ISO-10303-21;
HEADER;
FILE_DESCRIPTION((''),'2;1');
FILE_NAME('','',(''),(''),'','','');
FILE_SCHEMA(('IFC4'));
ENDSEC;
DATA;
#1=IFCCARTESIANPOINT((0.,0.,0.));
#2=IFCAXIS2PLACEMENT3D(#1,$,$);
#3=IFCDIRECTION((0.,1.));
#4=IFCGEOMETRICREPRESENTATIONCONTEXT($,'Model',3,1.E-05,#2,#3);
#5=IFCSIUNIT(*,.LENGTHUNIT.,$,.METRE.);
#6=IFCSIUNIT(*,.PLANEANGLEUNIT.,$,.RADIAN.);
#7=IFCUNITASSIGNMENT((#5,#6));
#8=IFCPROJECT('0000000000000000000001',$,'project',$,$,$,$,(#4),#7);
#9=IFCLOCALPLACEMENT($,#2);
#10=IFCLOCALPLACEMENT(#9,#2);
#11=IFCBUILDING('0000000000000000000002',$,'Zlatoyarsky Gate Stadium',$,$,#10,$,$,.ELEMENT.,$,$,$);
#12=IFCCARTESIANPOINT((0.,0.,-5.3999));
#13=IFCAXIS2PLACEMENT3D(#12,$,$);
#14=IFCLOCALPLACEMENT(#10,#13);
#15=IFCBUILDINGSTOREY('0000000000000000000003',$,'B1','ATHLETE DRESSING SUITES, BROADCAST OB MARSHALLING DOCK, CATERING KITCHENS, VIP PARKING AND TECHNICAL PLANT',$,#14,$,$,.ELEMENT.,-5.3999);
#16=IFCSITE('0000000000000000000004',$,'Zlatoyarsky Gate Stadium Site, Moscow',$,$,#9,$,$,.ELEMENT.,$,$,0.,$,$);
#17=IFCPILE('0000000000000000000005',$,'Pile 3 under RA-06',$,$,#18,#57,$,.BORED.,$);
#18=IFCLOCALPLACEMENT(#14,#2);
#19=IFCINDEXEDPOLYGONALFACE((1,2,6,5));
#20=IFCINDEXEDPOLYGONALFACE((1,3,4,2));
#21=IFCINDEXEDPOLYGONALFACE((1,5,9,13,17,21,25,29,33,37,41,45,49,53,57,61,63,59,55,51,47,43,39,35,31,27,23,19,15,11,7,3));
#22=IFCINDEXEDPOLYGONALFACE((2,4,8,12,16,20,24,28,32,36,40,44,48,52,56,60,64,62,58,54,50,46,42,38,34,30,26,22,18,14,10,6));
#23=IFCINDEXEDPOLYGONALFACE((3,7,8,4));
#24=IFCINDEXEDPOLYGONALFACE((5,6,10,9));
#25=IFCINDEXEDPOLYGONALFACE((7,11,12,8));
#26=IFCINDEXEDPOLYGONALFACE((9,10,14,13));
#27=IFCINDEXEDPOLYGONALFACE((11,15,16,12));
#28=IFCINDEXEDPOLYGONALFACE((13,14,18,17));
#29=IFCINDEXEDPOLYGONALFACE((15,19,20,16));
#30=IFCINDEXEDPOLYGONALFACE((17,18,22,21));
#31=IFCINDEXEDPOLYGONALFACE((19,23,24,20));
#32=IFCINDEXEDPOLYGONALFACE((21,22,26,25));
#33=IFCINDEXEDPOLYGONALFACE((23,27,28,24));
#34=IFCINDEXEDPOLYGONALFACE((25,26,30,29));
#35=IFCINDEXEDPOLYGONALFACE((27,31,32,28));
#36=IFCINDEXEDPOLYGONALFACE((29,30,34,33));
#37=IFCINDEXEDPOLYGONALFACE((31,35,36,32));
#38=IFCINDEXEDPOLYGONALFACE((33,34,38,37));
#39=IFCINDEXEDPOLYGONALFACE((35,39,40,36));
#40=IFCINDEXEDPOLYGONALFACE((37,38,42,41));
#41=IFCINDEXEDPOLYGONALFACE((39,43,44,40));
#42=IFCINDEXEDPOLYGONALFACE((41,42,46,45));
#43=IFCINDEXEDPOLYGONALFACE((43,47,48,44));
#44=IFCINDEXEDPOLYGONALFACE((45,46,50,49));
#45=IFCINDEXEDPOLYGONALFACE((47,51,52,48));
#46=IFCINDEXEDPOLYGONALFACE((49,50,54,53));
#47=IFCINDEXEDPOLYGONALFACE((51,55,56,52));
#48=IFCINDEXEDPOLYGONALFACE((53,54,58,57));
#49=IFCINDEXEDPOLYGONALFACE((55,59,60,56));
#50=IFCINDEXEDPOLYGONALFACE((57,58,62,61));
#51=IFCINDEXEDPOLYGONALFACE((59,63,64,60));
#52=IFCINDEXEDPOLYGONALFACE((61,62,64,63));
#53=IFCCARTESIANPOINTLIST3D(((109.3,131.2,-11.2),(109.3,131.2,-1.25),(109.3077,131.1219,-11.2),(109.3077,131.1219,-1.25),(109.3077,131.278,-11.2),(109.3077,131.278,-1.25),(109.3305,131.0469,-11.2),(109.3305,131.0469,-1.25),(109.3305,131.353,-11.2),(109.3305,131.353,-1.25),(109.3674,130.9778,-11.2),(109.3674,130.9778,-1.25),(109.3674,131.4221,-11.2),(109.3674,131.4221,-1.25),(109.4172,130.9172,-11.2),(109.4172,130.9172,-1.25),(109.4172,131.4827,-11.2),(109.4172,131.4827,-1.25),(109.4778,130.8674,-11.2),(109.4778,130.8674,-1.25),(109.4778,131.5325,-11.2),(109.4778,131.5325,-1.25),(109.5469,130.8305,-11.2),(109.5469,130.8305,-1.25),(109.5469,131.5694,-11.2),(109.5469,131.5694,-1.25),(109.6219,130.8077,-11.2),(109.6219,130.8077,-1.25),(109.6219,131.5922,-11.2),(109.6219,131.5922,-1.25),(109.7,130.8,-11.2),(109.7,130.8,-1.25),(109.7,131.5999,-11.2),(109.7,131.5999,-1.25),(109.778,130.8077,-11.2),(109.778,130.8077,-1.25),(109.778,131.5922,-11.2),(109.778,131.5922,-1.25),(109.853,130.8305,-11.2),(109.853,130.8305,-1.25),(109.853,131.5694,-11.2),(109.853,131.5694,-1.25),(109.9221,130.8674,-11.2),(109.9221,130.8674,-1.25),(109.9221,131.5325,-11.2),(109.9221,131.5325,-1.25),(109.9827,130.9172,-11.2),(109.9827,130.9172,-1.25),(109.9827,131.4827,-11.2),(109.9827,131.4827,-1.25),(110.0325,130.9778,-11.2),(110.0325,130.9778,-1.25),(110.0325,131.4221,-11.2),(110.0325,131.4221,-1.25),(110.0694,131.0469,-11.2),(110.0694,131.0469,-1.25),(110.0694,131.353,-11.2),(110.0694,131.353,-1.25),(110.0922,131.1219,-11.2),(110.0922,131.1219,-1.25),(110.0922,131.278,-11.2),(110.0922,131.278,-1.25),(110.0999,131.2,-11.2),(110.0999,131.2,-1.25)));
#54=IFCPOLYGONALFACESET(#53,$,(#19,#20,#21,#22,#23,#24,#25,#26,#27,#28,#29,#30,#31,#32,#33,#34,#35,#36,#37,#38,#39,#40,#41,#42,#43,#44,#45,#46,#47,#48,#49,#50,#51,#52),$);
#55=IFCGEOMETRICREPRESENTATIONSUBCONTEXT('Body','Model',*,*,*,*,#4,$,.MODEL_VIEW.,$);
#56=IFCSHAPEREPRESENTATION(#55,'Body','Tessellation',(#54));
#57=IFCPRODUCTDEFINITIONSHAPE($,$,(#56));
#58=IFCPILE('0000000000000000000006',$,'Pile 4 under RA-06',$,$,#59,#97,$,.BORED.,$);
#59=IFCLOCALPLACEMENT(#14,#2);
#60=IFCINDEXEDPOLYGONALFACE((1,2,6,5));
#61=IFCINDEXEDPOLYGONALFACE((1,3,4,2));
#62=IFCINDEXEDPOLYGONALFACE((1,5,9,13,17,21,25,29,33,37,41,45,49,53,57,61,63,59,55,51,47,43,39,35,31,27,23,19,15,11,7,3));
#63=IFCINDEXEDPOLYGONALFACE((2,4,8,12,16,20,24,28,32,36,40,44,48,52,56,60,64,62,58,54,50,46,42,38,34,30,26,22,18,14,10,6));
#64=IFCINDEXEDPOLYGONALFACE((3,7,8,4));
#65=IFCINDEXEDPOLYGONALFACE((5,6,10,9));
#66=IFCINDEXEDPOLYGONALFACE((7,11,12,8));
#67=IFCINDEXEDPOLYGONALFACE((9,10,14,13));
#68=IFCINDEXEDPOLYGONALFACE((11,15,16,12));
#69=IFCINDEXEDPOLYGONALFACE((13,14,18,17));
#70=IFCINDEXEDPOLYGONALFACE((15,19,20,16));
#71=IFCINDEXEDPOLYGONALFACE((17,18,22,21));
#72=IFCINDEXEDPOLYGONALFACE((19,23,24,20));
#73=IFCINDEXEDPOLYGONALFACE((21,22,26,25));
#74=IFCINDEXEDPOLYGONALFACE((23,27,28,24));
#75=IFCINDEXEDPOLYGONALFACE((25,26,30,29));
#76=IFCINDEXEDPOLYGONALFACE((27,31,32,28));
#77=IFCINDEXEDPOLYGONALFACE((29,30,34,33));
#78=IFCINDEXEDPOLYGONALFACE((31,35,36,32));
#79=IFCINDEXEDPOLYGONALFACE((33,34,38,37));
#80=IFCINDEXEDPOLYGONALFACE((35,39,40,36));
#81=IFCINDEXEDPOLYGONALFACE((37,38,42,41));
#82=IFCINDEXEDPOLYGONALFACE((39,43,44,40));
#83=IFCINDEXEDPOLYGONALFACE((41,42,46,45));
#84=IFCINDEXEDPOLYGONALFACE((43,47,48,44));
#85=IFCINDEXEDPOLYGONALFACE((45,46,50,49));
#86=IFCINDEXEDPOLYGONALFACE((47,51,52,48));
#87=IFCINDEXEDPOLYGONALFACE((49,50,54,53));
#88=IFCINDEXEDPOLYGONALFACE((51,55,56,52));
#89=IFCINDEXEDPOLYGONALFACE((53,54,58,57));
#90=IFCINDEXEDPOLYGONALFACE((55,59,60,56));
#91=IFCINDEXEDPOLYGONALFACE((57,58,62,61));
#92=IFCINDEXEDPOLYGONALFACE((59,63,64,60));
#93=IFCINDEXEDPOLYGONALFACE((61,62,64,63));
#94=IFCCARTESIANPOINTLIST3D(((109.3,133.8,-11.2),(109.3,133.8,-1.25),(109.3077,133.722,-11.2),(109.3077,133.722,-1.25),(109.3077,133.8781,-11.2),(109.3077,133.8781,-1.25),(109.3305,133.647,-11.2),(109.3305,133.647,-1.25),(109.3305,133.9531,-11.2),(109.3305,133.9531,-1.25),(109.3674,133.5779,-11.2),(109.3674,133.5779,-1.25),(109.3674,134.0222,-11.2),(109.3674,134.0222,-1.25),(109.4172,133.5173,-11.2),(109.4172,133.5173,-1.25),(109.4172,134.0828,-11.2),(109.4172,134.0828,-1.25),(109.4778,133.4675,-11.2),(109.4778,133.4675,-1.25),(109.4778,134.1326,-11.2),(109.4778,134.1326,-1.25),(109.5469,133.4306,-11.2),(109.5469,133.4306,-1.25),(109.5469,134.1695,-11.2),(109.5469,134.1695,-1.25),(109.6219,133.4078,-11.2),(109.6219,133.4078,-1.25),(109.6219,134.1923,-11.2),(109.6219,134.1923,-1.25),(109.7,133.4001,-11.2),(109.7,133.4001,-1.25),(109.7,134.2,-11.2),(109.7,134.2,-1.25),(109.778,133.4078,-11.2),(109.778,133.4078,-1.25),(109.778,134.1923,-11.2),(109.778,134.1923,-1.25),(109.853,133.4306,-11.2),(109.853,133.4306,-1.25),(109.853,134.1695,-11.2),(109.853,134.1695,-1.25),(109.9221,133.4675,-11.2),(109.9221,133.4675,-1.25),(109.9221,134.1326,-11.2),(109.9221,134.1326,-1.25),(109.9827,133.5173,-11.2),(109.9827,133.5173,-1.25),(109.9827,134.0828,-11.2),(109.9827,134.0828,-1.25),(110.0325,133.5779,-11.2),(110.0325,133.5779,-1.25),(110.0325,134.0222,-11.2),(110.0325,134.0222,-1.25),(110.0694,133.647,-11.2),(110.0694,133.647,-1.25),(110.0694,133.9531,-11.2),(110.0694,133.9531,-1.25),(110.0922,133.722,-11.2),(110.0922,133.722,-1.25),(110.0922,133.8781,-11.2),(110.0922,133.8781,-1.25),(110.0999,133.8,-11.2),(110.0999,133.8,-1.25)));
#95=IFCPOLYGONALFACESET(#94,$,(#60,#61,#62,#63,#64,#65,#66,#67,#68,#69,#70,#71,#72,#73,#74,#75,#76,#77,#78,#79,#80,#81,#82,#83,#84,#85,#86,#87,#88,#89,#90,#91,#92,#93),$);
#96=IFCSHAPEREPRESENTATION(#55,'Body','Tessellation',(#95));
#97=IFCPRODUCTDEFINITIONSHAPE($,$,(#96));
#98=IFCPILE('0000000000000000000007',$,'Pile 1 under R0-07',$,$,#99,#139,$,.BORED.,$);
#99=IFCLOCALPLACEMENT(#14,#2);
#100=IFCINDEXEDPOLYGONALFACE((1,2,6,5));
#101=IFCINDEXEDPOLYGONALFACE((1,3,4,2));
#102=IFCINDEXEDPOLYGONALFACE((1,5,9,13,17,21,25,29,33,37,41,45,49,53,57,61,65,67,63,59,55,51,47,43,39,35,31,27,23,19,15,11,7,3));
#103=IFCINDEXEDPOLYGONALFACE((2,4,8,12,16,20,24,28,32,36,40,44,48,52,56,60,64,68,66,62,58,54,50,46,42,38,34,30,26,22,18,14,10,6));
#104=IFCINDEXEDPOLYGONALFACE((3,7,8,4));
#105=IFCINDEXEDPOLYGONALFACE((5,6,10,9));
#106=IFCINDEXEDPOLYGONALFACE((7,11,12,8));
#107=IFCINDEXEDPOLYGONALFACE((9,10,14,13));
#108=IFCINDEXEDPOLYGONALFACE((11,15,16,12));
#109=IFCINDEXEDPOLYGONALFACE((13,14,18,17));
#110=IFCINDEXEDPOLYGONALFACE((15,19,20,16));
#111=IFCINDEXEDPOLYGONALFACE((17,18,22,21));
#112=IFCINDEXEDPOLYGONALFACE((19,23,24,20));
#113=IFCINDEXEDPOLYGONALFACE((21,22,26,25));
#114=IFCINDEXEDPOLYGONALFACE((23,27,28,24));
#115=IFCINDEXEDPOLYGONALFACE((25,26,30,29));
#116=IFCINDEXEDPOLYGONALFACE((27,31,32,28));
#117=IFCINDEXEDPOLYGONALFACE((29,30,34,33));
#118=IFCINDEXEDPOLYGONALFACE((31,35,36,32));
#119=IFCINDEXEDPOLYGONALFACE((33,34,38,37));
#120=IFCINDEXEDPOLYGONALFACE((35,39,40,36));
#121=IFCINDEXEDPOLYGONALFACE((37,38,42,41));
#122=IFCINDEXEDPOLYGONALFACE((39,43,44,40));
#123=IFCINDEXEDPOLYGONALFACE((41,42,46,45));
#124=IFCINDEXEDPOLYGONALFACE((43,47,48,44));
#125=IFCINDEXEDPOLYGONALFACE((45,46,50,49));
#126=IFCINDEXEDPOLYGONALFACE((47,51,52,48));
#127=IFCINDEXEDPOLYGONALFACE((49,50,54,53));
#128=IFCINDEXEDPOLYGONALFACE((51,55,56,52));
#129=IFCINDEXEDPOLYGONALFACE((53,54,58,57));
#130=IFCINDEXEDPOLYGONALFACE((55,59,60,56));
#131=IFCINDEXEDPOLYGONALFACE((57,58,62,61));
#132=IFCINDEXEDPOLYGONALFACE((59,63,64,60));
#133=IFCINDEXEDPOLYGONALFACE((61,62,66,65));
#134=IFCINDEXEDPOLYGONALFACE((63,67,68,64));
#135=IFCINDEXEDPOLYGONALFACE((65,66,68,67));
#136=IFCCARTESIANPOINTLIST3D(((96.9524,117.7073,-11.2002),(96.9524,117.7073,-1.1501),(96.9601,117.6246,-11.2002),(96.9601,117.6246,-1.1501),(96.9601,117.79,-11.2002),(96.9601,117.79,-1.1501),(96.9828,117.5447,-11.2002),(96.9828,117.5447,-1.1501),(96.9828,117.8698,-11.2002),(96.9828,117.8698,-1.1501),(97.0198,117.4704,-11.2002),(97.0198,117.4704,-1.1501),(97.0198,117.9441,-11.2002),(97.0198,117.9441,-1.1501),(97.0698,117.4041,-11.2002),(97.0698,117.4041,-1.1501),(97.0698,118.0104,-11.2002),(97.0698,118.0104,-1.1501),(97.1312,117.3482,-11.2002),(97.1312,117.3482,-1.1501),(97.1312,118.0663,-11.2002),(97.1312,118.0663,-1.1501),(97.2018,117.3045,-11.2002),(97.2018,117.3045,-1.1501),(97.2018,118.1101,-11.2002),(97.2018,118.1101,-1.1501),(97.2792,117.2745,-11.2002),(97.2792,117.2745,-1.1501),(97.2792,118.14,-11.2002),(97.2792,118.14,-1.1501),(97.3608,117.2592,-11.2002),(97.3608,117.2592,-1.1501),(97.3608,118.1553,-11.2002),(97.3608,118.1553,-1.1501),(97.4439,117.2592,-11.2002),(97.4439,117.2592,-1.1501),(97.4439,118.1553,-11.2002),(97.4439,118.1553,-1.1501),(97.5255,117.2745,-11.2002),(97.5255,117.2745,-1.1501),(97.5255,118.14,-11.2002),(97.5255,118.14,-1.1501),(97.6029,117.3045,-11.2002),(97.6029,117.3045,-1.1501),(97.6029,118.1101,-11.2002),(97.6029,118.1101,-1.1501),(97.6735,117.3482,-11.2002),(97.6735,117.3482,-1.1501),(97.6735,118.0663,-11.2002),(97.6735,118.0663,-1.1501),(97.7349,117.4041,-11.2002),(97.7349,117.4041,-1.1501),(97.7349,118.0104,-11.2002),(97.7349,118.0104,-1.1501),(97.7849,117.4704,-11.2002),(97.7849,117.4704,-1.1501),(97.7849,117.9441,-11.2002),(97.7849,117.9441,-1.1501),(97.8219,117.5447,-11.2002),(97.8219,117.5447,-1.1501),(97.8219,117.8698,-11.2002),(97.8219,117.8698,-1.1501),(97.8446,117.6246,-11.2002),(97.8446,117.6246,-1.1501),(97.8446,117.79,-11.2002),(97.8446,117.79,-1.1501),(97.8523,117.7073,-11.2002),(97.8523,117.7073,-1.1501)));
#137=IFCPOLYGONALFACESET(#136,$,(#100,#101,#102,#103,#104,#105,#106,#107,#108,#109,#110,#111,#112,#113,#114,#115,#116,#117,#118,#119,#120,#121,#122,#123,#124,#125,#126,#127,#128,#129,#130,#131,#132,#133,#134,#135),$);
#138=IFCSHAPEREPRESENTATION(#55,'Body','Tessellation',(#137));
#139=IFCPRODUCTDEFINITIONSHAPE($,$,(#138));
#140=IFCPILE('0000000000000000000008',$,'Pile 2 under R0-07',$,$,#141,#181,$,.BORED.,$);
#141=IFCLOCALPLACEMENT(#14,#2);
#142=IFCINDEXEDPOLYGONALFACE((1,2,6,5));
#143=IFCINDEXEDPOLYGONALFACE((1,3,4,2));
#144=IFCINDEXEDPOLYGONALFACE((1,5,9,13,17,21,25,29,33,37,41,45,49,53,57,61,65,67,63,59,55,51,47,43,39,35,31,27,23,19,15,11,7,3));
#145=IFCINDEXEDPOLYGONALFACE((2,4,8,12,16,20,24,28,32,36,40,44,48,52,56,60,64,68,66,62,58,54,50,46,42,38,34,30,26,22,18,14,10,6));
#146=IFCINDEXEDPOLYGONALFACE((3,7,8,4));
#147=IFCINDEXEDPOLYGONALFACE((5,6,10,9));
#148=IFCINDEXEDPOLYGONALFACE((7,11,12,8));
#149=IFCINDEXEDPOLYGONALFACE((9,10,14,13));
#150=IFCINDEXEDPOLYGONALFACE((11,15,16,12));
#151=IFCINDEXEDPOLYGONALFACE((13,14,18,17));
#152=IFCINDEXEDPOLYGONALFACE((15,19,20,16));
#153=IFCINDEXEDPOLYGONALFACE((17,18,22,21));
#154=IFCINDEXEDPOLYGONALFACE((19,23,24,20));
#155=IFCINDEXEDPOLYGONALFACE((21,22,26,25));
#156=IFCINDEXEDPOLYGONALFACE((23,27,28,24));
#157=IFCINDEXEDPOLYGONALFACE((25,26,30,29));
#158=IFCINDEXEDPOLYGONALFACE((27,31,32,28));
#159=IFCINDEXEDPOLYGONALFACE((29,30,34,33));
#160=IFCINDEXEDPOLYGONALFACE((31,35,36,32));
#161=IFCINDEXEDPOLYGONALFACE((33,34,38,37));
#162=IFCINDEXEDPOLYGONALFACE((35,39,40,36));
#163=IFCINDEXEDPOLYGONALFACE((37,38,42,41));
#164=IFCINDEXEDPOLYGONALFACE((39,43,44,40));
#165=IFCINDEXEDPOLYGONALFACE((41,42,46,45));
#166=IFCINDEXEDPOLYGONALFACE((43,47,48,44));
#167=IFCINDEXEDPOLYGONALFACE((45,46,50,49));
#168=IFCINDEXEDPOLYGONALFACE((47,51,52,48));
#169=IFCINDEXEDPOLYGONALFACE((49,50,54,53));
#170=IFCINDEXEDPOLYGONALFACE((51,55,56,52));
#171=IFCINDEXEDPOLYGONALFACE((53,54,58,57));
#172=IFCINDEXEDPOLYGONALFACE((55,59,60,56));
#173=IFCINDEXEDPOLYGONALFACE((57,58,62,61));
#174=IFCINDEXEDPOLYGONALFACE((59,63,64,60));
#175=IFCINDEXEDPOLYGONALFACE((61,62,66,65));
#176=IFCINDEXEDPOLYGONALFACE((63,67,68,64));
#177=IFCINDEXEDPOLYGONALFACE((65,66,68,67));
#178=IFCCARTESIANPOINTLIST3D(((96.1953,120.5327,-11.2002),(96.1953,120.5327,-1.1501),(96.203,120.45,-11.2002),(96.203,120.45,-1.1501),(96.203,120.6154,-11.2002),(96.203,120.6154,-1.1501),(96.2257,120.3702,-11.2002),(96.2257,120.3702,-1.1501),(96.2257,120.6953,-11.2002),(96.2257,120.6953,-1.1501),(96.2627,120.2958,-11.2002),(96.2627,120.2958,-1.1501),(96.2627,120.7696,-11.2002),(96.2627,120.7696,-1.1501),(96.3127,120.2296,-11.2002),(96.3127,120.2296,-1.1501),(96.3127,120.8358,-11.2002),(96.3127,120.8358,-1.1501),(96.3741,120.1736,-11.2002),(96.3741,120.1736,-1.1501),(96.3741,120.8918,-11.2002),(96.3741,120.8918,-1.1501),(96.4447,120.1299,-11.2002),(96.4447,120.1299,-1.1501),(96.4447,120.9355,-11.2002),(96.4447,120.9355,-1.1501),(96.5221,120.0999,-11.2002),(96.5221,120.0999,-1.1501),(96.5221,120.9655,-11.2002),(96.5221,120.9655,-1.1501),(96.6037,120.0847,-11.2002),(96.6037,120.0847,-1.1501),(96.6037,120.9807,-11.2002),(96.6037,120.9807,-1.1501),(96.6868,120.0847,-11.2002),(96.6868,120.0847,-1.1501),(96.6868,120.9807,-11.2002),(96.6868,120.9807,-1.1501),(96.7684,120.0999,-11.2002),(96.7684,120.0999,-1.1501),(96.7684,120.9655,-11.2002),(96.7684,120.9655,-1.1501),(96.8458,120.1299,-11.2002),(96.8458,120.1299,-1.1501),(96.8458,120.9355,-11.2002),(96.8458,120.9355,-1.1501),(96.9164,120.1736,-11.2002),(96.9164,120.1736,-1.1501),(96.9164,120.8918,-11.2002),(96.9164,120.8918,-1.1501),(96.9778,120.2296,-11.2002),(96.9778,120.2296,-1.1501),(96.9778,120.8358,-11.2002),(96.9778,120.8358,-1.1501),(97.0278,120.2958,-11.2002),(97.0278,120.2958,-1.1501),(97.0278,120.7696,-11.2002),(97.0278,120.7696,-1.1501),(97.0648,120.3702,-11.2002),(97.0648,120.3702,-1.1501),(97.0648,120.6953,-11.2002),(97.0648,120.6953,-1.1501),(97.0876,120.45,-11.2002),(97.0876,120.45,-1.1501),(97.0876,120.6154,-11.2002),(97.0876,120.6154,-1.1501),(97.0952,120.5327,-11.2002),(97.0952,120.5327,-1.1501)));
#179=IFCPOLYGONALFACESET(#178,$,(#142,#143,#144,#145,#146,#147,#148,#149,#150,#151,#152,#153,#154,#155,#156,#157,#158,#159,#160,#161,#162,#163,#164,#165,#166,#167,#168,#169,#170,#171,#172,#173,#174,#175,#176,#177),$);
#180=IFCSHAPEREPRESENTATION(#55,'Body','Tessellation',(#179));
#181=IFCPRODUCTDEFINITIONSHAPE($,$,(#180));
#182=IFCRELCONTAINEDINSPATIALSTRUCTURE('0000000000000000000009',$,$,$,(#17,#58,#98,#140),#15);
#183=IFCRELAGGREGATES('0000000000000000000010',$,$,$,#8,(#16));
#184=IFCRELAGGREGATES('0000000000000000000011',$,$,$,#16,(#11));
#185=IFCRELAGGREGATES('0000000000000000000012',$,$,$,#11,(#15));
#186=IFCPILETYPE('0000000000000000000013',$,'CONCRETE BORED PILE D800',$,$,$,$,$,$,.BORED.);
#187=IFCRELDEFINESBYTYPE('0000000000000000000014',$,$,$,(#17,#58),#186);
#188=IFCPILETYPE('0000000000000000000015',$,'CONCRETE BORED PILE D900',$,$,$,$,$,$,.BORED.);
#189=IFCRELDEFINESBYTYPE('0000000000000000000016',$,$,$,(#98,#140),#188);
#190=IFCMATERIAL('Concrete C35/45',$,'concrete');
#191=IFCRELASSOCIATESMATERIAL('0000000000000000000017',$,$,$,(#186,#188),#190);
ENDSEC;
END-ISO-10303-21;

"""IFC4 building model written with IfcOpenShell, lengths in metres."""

from ifc_helpers import new_model, si_unit, direction, frame, origin, origin_2d, place, context, subcontext, project, spatial, circle, extrude, material, material_profile, profile_set, type_object, element, save


model = new_model("IFC4")

# Units and contexts
model_context = context("Model", 3, precision=1e-05, world=origin(), true_north=direction((0.0, 1.0)))
body_context = subcontext(model_context, "Body", "Model", "MODEL_VIEW")
ifc_project = project(units=[si_unit("LENGTHUNIT", "METRE"), si_unit("PLANEANGLEUNIT", "RADIAN")], contexts=[model_context])

# Site, building, storey
site_placement = place(None, origin())
site = spatial("IfcSite", under=ifc_project, at=site_placement, Name="Zlatoyarsky Gate Stadium Site, Moscow", CompositionType="ELEMENT", RefElevation=0.0)
building_placement = place(site_placement, origin())
building = spatial("IfcBuilding", under=site, at=building_placement, Name="Zlatoyarsky Gate Stadium", CompositionType="ELEMENT")
storey_placement = place(building_placement, frame((0.0, 0.0, -5.3999)))
storey = spatial("IfcBuildingStorey", under=building, at=storey_placement, Name="B1", Description="ATHLETE DRESSING SUITES, BROADCAST OB MARSHALLING DOCK, CATERING KITCHENS, VIP PARKING AND TECHNICAL PLANT", CompositionType="ELEMENT", Elevation=-5.3999)

# Piles
ifc_material_1 = material(Name="Concrete C35/45", Category="concrete")
ifc_material_profile_1 = material_profile(ifc_material_1, circle(Radius=0.3999, at=origin_2d()), Name="BORED PILE D800")
ifc_profile_set_1 = profile_set([ifc_material_profile_1], Name="Concrete C35/45")
pile_type_1 = type_object("IfcPileType", Name="CONCRETE BORED PILE D800", PredefinedType="BORED", material=ifc_profile_set_1)
for number, where, z_axis, x_axis, name in (
    (1, (109.7, 131.2, -1.25), (0.0, 0.0, -1.0), (1.0, 0.0, 0.0), "Pile 3 under RA-06"),
    (2, (109.7, 133.8, -1.25), (0.0, 0.0, -1.0), (1.0, 0.0, 0.0), "Pile 4 under RA-06"),
):
    element("IfcPile", number, at=place(storey_placement, frame(where, z_axis=z_axis, x_axis=x_axis)), inside=storey, type_object=pile_type_1, Name=name, PredefinedType="BORED", context=body_context, shape_type="SweptSolid", body=[
        extrude(circle(Radius=0.3999, at=origin_2d()), origin(), (0.0, 0.0, 1.0), 9.95),
    ])
ifc_material_profile_2 = material_profile(ifc_material_1, circle(Radius=0.45, at=origin_2d()), Name="BORED PILE D900")
ifc_profile_set_2 = profile_set([ifc_material_profile_2], Name="Concrete C35/45")
pile_type_2 = type_object("IfcPileType", Name="CONCRETE BORED PILE D900", PredefinedType="BORED", material=ifc_profile_set_2)
for number, where, z_axis, x_axis, name in (
    (3, (97.4023, 117.7073, -1.1501), (0.0, 0.0, -1.0), (1.0, 0.0, 0.0), "Pile 1 under R0-07"),
    (4, (96.6453, 120.5327, -1.1501), (0.0, 0.0, -1.0), (1.0, 0.0, 0.0), "Pile 2 under R0-07"),
):
    element("IfcPile", number, at=place(storey_placement, frame(where, z_axis=z_axis, x_axis=x_axis)), inside=storey, type_object=pile_type_2, Name=name, PredefinedType="BORED", context=body_context, shape_type="SweptSolid", body=[
        extrude(circle(Radius=0.45, at=origin_2d()), origin(), (0.0, 0.0, 1.0), 10.05),
    ])

save(model, "model.ifc")
